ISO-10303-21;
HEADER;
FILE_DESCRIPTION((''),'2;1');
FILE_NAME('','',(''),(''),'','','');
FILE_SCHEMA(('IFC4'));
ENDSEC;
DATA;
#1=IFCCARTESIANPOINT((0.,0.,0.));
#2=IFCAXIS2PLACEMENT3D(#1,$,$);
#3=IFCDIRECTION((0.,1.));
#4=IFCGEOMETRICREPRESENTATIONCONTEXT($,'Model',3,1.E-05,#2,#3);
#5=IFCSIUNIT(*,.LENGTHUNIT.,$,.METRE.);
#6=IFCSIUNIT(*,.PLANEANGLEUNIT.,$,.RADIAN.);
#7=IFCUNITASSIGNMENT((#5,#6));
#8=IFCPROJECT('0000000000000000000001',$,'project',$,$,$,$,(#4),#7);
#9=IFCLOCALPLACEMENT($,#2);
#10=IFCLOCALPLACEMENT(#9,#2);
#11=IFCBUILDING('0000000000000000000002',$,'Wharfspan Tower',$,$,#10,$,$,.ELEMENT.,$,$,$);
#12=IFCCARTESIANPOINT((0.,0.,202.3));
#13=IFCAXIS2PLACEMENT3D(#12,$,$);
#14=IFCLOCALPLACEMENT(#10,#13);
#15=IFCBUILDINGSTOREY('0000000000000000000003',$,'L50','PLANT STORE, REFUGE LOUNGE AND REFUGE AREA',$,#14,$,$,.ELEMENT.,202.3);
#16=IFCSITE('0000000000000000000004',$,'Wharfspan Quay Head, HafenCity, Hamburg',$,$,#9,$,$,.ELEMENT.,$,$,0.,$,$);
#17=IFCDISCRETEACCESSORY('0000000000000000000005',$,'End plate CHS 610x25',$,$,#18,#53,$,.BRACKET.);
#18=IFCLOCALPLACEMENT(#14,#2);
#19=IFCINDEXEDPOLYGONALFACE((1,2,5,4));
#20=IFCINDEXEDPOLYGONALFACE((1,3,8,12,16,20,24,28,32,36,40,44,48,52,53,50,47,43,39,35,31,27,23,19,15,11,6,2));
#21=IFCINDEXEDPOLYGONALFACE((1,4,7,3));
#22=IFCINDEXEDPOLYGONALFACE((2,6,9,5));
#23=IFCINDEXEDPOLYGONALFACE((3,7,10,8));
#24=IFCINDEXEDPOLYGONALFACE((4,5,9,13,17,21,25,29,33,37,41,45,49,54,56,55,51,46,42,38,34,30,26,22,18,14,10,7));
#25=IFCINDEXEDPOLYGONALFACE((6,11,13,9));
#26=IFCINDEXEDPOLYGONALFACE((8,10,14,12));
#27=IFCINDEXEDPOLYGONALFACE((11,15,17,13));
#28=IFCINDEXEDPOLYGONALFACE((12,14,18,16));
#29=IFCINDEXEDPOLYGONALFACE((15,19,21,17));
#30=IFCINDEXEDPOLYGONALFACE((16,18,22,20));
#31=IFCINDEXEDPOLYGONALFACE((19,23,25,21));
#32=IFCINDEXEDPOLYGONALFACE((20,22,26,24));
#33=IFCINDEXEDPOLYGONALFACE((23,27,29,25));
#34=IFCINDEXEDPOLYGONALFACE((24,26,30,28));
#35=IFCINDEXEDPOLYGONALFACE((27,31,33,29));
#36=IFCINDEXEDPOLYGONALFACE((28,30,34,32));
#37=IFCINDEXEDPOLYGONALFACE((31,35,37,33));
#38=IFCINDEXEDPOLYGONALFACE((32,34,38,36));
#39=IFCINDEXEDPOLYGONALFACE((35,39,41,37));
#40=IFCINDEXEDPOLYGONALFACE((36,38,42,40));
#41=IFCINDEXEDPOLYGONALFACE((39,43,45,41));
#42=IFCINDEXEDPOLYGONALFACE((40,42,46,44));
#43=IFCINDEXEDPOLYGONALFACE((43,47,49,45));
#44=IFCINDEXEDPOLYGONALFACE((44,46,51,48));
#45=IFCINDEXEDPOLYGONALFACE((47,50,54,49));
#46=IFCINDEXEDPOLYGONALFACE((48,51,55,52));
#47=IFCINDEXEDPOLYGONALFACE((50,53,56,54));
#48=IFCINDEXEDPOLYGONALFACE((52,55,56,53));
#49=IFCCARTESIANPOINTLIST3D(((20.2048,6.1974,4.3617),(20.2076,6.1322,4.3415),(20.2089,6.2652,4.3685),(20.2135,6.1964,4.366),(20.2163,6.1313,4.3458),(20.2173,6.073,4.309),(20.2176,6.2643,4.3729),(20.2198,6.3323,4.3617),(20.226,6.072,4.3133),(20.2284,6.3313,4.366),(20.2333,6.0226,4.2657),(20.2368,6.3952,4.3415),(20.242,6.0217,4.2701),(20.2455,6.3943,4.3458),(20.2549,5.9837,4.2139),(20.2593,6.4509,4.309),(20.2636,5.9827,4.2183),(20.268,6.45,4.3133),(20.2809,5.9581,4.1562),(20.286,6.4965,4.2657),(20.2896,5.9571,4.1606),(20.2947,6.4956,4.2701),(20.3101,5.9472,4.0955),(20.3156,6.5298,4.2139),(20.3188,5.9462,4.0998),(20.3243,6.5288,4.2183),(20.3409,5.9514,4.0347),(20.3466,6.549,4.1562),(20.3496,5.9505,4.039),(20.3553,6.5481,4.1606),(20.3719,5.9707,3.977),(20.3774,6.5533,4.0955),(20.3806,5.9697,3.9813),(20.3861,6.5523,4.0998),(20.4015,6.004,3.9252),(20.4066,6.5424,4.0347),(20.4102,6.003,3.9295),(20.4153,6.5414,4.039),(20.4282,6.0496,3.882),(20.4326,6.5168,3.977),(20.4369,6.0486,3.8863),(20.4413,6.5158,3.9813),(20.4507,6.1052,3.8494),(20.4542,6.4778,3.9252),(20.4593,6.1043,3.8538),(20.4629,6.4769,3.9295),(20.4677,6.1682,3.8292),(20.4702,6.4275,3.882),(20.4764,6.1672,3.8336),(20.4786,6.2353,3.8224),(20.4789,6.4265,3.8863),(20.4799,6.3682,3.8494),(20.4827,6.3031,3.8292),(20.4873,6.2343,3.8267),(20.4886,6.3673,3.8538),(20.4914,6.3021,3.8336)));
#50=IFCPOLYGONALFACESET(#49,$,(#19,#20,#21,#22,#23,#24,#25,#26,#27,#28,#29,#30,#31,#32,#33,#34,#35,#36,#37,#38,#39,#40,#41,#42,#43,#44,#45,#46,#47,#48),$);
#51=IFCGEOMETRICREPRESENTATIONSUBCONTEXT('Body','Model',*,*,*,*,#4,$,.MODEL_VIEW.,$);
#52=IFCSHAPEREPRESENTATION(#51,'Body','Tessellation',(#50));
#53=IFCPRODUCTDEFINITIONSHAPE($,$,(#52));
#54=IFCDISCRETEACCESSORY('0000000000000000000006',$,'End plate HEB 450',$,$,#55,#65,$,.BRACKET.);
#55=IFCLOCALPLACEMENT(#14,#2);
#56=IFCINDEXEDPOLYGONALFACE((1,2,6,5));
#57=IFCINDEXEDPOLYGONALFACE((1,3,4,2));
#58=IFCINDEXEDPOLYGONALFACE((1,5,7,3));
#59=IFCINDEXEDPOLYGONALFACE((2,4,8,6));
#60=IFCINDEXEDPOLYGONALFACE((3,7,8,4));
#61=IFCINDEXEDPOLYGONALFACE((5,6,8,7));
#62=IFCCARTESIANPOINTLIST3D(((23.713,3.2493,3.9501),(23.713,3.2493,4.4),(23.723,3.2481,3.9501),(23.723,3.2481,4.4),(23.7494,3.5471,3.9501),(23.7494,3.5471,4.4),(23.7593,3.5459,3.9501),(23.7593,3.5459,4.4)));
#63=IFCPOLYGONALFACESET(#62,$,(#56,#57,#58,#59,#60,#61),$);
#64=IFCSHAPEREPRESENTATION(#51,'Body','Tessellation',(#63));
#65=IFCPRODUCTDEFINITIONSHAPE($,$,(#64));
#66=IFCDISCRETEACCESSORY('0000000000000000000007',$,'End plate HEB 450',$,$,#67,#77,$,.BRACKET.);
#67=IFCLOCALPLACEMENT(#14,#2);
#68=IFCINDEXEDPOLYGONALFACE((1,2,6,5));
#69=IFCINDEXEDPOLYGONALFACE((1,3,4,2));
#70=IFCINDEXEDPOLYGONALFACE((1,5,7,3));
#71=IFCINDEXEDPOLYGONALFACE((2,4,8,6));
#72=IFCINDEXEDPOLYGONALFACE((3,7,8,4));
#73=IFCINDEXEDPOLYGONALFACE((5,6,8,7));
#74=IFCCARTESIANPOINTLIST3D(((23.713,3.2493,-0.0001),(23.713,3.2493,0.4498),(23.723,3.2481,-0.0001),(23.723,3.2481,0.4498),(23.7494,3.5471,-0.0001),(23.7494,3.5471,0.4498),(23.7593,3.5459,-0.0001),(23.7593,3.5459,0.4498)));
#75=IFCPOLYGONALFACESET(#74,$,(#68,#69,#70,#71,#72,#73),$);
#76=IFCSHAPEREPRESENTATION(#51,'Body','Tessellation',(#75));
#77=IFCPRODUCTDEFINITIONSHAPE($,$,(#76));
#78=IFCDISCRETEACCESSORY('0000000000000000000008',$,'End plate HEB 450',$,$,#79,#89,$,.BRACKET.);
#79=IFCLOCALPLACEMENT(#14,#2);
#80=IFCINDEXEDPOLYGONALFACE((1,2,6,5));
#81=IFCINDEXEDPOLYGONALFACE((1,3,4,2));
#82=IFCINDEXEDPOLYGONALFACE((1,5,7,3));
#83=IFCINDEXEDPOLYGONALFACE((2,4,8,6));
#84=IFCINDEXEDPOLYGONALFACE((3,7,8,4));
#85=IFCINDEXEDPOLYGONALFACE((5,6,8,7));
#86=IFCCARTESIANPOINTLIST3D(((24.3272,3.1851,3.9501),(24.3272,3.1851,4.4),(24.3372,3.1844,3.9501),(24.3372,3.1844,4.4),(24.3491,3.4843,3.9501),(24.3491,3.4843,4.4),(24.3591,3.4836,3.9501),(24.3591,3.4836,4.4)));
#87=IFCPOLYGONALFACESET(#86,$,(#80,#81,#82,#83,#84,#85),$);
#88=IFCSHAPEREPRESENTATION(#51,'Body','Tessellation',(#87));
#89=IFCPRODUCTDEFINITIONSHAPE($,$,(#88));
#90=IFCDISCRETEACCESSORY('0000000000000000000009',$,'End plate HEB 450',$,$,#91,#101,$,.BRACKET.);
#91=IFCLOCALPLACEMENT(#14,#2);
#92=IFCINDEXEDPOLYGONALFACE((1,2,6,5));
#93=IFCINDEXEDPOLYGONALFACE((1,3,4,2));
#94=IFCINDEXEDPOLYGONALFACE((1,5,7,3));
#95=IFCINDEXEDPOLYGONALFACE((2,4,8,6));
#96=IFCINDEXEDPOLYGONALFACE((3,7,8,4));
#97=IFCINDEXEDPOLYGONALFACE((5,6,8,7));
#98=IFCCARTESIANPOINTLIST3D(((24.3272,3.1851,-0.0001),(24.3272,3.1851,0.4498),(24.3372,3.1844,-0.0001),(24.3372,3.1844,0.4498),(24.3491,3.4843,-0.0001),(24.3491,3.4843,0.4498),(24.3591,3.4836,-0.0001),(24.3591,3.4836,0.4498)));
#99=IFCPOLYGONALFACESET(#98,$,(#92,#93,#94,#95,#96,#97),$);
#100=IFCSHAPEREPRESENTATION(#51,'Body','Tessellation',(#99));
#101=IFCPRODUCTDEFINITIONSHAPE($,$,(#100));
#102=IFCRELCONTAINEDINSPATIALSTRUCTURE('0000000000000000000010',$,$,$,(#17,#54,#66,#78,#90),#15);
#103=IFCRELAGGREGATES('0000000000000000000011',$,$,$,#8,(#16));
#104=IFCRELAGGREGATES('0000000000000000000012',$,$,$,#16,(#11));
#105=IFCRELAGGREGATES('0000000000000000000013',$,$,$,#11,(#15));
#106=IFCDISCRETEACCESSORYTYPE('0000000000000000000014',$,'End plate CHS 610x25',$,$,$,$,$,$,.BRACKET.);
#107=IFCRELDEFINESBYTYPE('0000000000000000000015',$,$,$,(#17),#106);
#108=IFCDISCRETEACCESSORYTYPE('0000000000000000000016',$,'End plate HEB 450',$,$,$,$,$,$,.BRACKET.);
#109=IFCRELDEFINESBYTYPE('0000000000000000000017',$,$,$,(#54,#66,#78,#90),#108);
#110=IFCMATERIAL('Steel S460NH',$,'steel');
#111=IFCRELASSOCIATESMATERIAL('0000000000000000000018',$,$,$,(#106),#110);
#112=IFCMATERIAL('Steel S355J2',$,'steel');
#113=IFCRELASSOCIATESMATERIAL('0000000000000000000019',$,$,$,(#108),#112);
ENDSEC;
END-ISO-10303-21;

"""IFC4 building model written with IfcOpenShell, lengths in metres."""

from ifc_helpers import new_model, si_unit, direction, frame, origin, origin_2d, place, context, subcontext, project, spatial, rectangle, circle, extrude, material, material_profile, profile_set, type_object, element, save


model = new_model("IFC4")

# Units and contexts
model_context = context("Model", 3, precision=1e-05, world=origin(), true_north=direction((0.0, 1.0)))
body_context = subcontext(model_context, "Body", "Model", "MODEL_VIEW")
ifc_project = project(units=[si_unit("LENGTHUNIT", "METRE"), si_unit("PLANEANGLEUNIT", "RADIAN")], contexts=[model_context])

# Site, building, storey
site_placement = place(None, origin())
site = spatial("IfcSite", under=ifc_project, at=site_placement, Name="Wharfspan Quay Head, HafenCity, Hamburg", CompositionType="ELEMENT", RefElevation=0.0)
building_placement = place(site_placement, origin())
building = spatial("IfcBuilding", under=site, at=building_placement, Name="Wharfspan Tower", CompositionType="ELEMENT")
storey_placement = place(building_placement, frame((0.0, 0.0, 202.3)))
storey = spatial("IfcBuildingStorey", under=building, at=storey_placement, Name="L50", Description="PLANT STORE, REFUGE LOUNGE AND REFUGE AREA", CompositionType="ELEMENT", Elevation=202.3)

# Shared definitions
ifc_material_1 = material(Name="Steel S355J2", Category="steel")

# Shared definitions
ifc_material_2 = material(Name="Steel S460NH", Category="steel")

# Discrete accessories
ifc_material_profile_1 = material_profile(ifc_material_2, circle(Radius=0.3049, at=origin_2d()))
ifc_profile_set_1 = profile_set([ifc_material_profile_1], Name="Steel S460NH")
discrete_accessory_type_1 = type_object("IfcDiscreteAccessoryType", Name="End plate CHS 610x25", PredefinedType="BRACKET", material=ifc_profile_set_1)
discrete_accessory_placement = place(storey_placement, frame((20.3438, 6.2502, 4.0955), z_axis=(0.890043, -0.098894, 0.445021), x_axis=(0.110431, 0.99388, 0.000001)))
element("IfcDiscreteAccessory", 1, at=discrete_accessory_placement, inside=storey, type_object=discrete_accessory_type_1, Name="End plate CHS 610x25", PredefinedType="BRACKET", context=body_context, shape_type="SweptSolid", body=[
    extrude(circle(Radius=0.3049, at=origin_2d()), origin(), (0.0, 0.0, 1.0), 0.0098),
])
ifc_material_profile_2 = material_profile(ifc_material_1, rectangle(XDim=0.3, YDim=0.45, at=origin_2d()))
ifc_profile_set_2 = profile_set([ifc_material_profile_2], Name="Steel S355J2")
discrete_accessory_type_2 = type_object("IfcDiscreteAccessoryType", Name="End plate HEB 450", PredefinedType="BRACKET", material=ifc_profile_set_2)
for number, where, z_axis, x_axis, name in (
    (2, (23.7312, 3.3982, 4.175), (0.992646, -0.121054, 0.0), (0.121054, 0.992646, 0.0), "End plate HEB 450"),
    (3, (23.7312, 3.3982, 0.2249), (0.992646, -0.121054, 0.0), (0.121054, 0.992646, 0.0), "End plate HEB 450"),
    (4, (24.3381, 3.3347, 4.175), (0.997334, -0.072976, 0.0), (0.072976, 0.997334, 0.0), "End plate HEB 450"),
    (5, (24.3381, 3.3347, 0.2249), (0.997334, -0.072976, 0.0), (0.072976, 0.997334, 0.0), "End plate HEB 450"),
):
    element("IfcDiscreteAccessory", number, at=place(storey_placement, frame(where, z_axis=z_axis, x_axis=x_axis)), inside=storey, type_object=discrete_accessory_type_2, Name=name, PredefinedType="BRACKET", context=body_context, shape_type="SweptSolid", body=[
        extrude(rectangle(XDim=0.3, YDim=0.45, at=origin_2d()), origin(), (0.0, 0.0, 1.0), 0.01),
    ])

save(model, "model.ifc")
